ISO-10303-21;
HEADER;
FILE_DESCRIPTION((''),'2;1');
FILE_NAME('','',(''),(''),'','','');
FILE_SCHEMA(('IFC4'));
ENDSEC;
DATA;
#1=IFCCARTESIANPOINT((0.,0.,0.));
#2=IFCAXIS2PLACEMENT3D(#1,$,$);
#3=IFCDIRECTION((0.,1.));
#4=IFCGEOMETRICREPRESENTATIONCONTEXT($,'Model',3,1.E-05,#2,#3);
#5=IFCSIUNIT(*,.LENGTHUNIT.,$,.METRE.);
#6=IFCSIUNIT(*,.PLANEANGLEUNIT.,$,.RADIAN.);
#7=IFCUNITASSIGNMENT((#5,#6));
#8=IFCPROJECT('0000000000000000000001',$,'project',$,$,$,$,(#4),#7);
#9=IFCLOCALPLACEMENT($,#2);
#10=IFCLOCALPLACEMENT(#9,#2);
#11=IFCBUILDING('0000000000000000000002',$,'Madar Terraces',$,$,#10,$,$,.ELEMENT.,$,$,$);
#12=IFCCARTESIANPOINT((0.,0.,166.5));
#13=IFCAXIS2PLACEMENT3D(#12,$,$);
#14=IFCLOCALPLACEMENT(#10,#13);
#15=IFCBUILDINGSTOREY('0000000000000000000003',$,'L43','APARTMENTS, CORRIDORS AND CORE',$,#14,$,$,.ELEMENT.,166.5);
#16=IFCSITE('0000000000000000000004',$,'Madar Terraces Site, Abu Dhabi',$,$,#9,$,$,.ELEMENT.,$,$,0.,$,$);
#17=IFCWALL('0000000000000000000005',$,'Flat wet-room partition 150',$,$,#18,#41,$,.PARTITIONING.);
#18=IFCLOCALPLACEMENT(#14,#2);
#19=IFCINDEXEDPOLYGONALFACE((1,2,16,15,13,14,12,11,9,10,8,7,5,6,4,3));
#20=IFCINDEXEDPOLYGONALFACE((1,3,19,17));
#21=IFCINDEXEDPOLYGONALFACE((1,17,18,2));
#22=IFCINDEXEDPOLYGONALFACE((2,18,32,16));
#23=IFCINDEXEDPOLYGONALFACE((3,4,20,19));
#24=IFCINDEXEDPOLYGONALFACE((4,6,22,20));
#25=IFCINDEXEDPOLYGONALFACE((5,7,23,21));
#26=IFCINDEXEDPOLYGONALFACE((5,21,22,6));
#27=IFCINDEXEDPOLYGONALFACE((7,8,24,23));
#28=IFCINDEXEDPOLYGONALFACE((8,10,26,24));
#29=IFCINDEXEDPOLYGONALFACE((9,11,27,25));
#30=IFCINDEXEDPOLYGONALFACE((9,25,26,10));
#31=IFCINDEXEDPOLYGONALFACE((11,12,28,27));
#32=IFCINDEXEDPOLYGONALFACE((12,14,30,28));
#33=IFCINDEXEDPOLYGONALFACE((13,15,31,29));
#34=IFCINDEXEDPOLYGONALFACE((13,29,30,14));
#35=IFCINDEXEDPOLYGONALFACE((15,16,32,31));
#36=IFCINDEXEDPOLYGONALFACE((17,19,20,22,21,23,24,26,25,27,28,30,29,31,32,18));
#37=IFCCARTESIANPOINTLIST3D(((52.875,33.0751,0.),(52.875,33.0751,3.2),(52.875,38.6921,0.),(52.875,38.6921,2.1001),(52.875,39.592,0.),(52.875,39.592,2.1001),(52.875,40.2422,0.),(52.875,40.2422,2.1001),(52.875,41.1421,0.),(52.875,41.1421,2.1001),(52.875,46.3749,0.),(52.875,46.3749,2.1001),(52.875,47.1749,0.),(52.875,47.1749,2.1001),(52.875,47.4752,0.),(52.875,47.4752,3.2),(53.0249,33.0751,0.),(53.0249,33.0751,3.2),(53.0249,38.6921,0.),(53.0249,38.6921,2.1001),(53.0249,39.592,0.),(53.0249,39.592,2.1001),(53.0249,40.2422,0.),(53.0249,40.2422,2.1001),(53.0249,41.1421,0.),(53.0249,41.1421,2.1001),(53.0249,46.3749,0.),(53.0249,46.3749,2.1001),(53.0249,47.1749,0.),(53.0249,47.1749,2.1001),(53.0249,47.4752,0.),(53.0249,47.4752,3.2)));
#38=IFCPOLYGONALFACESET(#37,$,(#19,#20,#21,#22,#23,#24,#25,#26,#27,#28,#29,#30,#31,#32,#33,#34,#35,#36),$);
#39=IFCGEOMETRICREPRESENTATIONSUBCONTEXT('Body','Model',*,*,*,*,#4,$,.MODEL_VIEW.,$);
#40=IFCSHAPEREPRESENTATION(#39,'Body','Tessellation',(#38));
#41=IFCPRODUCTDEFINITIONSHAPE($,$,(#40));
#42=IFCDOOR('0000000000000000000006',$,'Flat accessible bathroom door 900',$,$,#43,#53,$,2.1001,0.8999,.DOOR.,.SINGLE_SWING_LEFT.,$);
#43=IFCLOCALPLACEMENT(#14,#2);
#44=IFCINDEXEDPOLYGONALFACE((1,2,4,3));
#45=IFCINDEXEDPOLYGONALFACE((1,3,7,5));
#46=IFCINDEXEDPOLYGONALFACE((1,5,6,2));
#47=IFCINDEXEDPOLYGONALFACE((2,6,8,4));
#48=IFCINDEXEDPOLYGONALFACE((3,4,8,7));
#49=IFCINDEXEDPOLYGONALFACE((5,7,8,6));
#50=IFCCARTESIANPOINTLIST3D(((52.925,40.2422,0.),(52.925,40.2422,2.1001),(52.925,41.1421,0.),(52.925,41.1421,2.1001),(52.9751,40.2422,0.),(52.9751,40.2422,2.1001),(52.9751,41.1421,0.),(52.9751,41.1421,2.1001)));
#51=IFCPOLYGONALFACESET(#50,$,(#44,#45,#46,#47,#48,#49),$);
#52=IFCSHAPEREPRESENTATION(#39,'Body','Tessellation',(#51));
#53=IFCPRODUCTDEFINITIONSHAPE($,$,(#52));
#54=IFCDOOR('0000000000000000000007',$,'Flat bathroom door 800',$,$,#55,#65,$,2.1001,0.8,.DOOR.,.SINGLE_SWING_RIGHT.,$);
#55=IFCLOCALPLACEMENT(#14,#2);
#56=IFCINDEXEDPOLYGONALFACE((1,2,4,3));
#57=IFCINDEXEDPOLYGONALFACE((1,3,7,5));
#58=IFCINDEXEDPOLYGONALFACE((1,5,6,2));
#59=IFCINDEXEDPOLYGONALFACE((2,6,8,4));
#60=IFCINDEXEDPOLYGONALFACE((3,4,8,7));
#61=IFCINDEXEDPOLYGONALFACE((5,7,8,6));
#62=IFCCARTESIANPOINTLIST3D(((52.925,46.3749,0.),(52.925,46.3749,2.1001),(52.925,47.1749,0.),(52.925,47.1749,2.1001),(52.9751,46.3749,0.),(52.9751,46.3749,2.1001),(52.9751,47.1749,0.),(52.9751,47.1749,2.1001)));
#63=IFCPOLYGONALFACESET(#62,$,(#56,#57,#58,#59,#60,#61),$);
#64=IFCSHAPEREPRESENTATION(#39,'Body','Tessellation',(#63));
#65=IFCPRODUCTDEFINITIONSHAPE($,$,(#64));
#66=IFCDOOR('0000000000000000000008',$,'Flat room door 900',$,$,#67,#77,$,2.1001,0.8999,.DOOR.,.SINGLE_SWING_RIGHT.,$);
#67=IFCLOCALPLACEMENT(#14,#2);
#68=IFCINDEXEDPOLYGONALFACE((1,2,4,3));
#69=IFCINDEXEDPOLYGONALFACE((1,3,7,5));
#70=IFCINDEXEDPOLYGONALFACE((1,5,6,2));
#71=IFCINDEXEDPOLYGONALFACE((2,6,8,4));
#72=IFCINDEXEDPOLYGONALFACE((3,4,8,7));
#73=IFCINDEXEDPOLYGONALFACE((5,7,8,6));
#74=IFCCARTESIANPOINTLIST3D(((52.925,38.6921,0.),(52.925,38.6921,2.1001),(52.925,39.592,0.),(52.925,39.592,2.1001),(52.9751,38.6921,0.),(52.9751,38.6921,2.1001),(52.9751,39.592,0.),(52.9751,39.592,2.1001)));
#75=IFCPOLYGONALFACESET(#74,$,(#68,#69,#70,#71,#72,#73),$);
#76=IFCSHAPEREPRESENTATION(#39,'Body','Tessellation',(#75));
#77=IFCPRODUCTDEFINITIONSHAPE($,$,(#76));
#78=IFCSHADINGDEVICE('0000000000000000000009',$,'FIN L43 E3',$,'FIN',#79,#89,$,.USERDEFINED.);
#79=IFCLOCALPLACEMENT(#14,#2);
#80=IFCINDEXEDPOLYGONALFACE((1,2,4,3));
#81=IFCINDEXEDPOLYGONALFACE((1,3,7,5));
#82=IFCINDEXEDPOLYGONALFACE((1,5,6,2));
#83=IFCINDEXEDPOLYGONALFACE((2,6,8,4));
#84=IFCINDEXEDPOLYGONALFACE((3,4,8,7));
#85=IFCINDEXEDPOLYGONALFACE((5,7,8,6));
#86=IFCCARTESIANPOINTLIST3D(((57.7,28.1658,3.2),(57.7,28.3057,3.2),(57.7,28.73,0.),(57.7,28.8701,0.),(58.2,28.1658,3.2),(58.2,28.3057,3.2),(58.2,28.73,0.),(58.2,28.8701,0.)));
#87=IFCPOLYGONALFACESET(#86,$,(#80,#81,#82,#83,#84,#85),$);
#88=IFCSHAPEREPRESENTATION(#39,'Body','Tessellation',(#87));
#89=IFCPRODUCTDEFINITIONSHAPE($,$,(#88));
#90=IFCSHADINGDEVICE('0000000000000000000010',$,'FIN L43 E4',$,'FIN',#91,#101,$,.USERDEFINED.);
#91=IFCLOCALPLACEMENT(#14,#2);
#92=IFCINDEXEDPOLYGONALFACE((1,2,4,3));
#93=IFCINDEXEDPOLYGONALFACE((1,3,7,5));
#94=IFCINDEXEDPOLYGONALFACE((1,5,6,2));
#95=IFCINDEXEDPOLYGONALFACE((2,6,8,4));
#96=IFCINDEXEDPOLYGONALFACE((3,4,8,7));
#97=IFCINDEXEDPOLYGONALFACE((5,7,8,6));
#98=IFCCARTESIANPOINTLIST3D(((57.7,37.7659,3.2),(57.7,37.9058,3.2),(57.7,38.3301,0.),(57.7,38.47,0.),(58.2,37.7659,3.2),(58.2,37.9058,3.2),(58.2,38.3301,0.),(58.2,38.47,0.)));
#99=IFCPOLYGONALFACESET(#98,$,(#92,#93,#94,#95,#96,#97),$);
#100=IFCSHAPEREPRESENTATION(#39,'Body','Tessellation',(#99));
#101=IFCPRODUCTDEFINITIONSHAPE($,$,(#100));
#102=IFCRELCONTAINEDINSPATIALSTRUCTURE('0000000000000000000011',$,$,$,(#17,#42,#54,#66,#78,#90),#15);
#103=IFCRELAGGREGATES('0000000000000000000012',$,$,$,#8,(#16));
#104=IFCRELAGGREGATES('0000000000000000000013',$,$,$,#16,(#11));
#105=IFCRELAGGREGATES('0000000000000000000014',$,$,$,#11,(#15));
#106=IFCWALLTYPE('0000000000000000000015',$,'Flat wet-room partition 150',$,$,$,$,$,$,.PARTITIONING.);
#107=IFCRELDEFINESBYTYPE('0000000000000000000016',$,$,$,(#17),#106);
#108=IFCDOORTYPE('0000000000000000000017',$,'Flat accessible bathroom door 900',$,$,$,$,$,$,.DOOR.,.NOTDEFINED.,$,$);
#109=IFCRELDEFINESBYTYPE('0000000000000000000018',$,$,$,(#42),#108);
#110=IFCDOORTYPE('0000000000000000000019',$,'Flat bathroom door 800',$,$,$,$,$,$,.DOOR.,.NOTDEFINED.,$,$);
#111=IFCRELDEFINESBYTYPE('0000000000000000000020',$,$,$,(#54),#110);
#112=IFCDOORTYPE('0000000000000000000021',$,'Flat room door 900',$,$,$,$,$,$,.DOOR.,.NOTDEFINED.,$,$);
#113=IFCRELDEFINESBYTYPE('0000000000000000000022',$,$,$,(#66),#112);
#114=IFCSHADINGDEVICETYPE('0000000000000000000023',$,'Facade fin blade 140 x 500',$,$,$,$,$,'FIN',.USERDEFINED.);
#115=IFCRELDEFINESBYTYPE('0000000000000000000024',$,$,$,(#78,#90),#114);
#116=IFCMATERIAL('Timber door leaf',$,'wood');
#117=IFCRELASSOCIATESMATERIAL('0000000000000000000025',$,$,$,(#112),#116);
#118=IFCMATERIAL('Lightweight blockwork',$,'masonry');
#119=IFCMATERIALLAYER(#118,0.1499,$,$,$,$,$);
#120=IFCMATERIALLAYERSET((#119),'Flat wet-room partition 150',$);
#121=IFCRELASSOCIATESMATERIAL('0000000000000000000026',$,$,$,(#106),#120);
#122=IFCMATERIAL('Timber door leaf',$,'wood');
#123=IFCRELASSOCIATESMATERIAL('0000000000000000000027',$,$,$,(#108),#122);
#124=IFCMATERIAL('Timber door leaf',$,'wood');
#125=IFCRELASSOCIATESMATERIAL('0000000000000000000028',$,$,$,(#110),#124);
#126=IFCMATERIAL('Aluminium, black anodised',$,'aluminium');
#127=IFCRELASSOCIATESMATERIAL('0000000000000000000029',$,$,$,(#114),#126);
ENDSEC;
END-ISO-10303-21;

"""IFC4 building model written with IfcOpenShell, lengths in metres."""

from ifc_helpers import new_model, si_unit, direction, frame, frame_2d, origin, place, context, subcontext, project, spatial, polyline, rectangle, outline, extrude, material, layer, layer_set, type_object, element, fill, save


model = new_model("IFC4")

# Units and contexts
model_context = context("Model", 3, precision=1e-05, world=origin(), true_north=direction((0.0, 1.0)))
body_context = subcontext(model_context, "Body", "Model", "MODEL_VIEW")
ifc_project = project(units=[si_unit("LENGTHUNIT", "METRE"), si_unit("PLANEANGLEUNIT", "RADIAN")], contexts=[model_context])

# Site, building, storey
site_placement = place(None, origin())
site = spatial("IfcSite", under=ifc_project, at=site_placement, Name="Madar Terraces Site, Abu Dhabi", CompositionType="ELEMENT", RefElevation=0.0)
building_placement = place(site_placement, origin())
building = spatial("IfcBuilding", under=site, at=building_placement, Name="Madar Terraces", CompositionType="ELEMENT")
storey_placement = place(building_placement, frame((0.0, 0.0, 166.5)))
storey = spatial("IfcBuildingStorey", under=building, at=storey_placement, Name="L43", Description="APARTMENTS, CORRIDORS AND CORE", CompositionType="ELEMENT", Elevation=166.5)

# Shared definitions
ifc_material_1 = material(Name="Timber door leaf", Category="wood")
door_type_1 = type_object("IfcDoorType", Name="Flat room door 900", OperationType="NOTDEFINED", PredefinedType="DOOR", material=ifc_material_1)

# Shared definitions
ifc_material_2 = material(Name="Lightweight blockwork", Category="masonry")
ifc_layer_1 = layer(ifc_material_2, 0.1499)
ifc_layer_set_1 = layer_set([ifc_layer_1], Name="Flat wet-room partition 150")
wall_type_1 = type_object("IfcWallType", Name="Flat wet-room partition 150", PredefinedType="PARTITIONING", material=ifc_layer_set_1)

# Wall, openings, doors
wall_1_placement = place(storey_placement, frame((52.95, 33.075, 0.0), z_axis=(0.0, 0.0, 1.0), x_axis=(0.0, 1.0, 0.0)))
wall_1 = element("IfcWall", 1, at=wall_1_placement, inside=storey, type_object=wall_type_1, Name="Flat wet-room partition 150", PredefinedType="PARTITIONING", context=body_context, shape_type="SweptSolid", body=[
    extrude(rectangle(XDim=14.4001, YDim=0.1499, at=frame_2d((7.2002, 0.0))), origin(), (0.0, 0.0, 1.0), 3.2),
])
opening_1_placement = place(wall_1_placement, frame((5.6172, 0.0, 0.0)))
opening_1 = element("IfcOpeningElement", 2, at=opening_1_placement, cuts=wall_1, PredefinedType="OPENING", context=body_context, shape_type="SweptSolid", body=[
    extrude(rectangle(XDim=0.8999, YDim=2.1001, at=frame_2d((0.45, 1.05))), frame((0.0, 0.085, 0.0), z_axis=(0.0, -1.0, 0.0), x_axis=(1.0, 0.0, 0.0)), (0.0, 0.0, 1.0), 0.1699),
])
opening_2_placement = place(wall_1_placement, frame((7.1672, 0.0, 0.0)))
opening_2 = element("IfcOpeningElement", 3, at=opening_2_placement, cuts=wall_1, PredefinedType="OPENING", context=body_context, shape_type="SweptSolid", body=[
    extrude(rectangle(XDim=0.8999, YDim=2.1001, at=frame_2d((0.45, 1.05))), frame((0.0, 0.085, 0.0), z_axis=(0.0, -1.0, 0.0), x_axis=(1.0, 0.0, 0.0)), (0.0, 0.0, 1.0), 0.1699),
])
opening_3_placement = place(wall_1_placement, frame((13.3, 0.0, 0.0)))
opening_3 = element("IfcOpeningElement", 4, at=opening_3_placement, cuts=wall_1, PredefinedType="OPENING", context=body_context, shape_type="SweptSolid", body=[
    extrude(rectangle(XDim=0.8, YDim=2.1001, at=frame_2d((0.3999, 1.05))), frame((0.0, 0.085, 0.0), z_axis=(0.0, -1.0, 0.0), x_axis=(1.0, 0.0, 0.0)), (0.0, 0.0, 1.0), 0.1699),
])
ifc_material_3 = material(Name="Timber door leaf", Category="wood")
door_type_2 = type_object("IfcDoorType", Name="Flat accessible bathroom door 900", OperationType="NOTDEFINED", PredefinedType="DOOR", material=ifc_material_3)
door_1_placement = place(opening_2_placement, origin())
door_1 = element("IfcDoor", 5, at=door_1_placement, inside=storey, type_object=door_type_2, Name="Flat accessible bathroom door 900", OperationType="SINGLE_SWING_LEFT", OverallHeight=2.1001, OverallWidth=0.8999, PredefinedType="DOOR", context=body_context, shape_type="SweptSolid", body=[
    extrude(rectangle(XDim=0.8999, YDim=2.1001, at=frame_2d((0.45, 1.05))), frame((0.0, 0.0249, 0.0), z_axis=(0.0, -1.0, 0.0), x_axis=(1.0, 0.0, 0.0)), (0.0, 0.0, 1.0), 0.05),
])
fill(opening_2, door_1)
ifc_material_4 = material(Name="Timber door leaf", Category="wood")
door_type_3 = type_object("IfcDoorType", Name="Flat bathroom door 800", OperationType="NOTDEFINED", PredefinedType="DOOR", material=ifc_material_4)
door_2_placement = place(opening_3_placement, origin())
door_2 = element("IfcDoor", 6, at=door_2_placement, inside=storey, type_object=door_type_3, Name="Flat bathroom door 800", OperationType="SINGLE_SWING_RIGHT", OverallHeight=2.1001, OverallWidth=0.8, PredefinedType="DOOR", context=body_context, shape_type="SweptSolid", body=[
    extrude(rectangle(XDim=0.8, YDim=2.1001, at=frame_2d((0.3999, 1.05))), frame((0.0, 0.0249, 0.0), z_axis=(0.0, -1.0, 0.0), x_axis=(1.0, 0.0, 0.0)), (0.0, 0.0, 1.0), 0.05),
])
fill(opening_3, door_2)
door_3_placement = place(opening_1_placement, origin())
door_3 = element("IfcDoor", 7, at=door_3_placement, inside=storey, type_object=door_type_1, Name="Flat room door 900", OperationType="SINGLE_SWING_RIGHT", OverallHeight=2.1001, OverallWidth=0.8999, PredefinedType="DOOR", context=body_context, shape_type="SweptSolid", body=[
    extrude(rectangle(XDim=0.8999, YDim=2.1001, at=frame_2d((0.45, 1.05))), frame((0.0, 0.0249, 0.0), z_axis=(0.0, -1.0, 0.0), x_axis=(1.0, 0.0, 0.0)), (0.0, 0.0, 1.0), 0.05),
])
fill(opening_1, door_3)

# Shading devices
ifc_material_5 = material(Name="Aluminium, black anodised", Category="aluminium")
shading_device_type = type_object("IfcShadingDeviceType", Name="Facade fin blade 140 x 500", ElementType="FIN", PredefinedType="USERDEFINED", material=ifc_material_5)
shading_device_1_placement = place(storey_placement, frame((57.95, 28.73, 0.0), z_axis=(0.0, 0.0, 1.0), x_axis=(0.0, 1.0, 0.0)))
element("IfcShadingDevice", 8, at=shading_device_1_placement, inside=storey, type_object=shading_device_type, Name="FIN L43 E3", ObjectType="FIN", PredefinedType="USERDEFINED", context=body_context, shape_type="SweptSolid", body=[
    extrude(outline(polyline([(0.0, 0.0), (0.1401, 0.0), (-0.4243, 3.2), (-0.5642, 3.2), (0.0, 0.0)])), frame((0.0, 0.25, 0.0), z_axis=(0.0, -1.0, 0.0), x_axis=(1.0, 0.0, 0.0)), (0.0, 0.0, 1.0), 0.5),
])
shading_device_2_placement = place(storey_placement, frame((57.95, 38.3301, 0.0), z_axis=(0.0, 0.0, 1.0), x_axis=(0.0, 1.0, 0.0)))
element("IfcShadingDevice", 9, at=shading_device_2_placement, inside=storey, type_object=shading_device_type, Name="FIN L43 E4", ObjectType="FIN", PredefinedType="USERDEFINED", context=body_context, shape_type="SweptSolid", body=[
    extrude(outline(polyline([(0.0, 0.0), (0.1399, 0.0), (-0.4243, 3.2), (-0.5642, 3.2), (0.0, 0.0)])), frame((0.0, 0.25, 0.0), z_axis=(0.0, -1.0, 0.0), x_axis=(1.0, 0.0, 0.0)), (0.0, 0.0, 1.0), 0.5),
])

save(model, "model.ifc")
